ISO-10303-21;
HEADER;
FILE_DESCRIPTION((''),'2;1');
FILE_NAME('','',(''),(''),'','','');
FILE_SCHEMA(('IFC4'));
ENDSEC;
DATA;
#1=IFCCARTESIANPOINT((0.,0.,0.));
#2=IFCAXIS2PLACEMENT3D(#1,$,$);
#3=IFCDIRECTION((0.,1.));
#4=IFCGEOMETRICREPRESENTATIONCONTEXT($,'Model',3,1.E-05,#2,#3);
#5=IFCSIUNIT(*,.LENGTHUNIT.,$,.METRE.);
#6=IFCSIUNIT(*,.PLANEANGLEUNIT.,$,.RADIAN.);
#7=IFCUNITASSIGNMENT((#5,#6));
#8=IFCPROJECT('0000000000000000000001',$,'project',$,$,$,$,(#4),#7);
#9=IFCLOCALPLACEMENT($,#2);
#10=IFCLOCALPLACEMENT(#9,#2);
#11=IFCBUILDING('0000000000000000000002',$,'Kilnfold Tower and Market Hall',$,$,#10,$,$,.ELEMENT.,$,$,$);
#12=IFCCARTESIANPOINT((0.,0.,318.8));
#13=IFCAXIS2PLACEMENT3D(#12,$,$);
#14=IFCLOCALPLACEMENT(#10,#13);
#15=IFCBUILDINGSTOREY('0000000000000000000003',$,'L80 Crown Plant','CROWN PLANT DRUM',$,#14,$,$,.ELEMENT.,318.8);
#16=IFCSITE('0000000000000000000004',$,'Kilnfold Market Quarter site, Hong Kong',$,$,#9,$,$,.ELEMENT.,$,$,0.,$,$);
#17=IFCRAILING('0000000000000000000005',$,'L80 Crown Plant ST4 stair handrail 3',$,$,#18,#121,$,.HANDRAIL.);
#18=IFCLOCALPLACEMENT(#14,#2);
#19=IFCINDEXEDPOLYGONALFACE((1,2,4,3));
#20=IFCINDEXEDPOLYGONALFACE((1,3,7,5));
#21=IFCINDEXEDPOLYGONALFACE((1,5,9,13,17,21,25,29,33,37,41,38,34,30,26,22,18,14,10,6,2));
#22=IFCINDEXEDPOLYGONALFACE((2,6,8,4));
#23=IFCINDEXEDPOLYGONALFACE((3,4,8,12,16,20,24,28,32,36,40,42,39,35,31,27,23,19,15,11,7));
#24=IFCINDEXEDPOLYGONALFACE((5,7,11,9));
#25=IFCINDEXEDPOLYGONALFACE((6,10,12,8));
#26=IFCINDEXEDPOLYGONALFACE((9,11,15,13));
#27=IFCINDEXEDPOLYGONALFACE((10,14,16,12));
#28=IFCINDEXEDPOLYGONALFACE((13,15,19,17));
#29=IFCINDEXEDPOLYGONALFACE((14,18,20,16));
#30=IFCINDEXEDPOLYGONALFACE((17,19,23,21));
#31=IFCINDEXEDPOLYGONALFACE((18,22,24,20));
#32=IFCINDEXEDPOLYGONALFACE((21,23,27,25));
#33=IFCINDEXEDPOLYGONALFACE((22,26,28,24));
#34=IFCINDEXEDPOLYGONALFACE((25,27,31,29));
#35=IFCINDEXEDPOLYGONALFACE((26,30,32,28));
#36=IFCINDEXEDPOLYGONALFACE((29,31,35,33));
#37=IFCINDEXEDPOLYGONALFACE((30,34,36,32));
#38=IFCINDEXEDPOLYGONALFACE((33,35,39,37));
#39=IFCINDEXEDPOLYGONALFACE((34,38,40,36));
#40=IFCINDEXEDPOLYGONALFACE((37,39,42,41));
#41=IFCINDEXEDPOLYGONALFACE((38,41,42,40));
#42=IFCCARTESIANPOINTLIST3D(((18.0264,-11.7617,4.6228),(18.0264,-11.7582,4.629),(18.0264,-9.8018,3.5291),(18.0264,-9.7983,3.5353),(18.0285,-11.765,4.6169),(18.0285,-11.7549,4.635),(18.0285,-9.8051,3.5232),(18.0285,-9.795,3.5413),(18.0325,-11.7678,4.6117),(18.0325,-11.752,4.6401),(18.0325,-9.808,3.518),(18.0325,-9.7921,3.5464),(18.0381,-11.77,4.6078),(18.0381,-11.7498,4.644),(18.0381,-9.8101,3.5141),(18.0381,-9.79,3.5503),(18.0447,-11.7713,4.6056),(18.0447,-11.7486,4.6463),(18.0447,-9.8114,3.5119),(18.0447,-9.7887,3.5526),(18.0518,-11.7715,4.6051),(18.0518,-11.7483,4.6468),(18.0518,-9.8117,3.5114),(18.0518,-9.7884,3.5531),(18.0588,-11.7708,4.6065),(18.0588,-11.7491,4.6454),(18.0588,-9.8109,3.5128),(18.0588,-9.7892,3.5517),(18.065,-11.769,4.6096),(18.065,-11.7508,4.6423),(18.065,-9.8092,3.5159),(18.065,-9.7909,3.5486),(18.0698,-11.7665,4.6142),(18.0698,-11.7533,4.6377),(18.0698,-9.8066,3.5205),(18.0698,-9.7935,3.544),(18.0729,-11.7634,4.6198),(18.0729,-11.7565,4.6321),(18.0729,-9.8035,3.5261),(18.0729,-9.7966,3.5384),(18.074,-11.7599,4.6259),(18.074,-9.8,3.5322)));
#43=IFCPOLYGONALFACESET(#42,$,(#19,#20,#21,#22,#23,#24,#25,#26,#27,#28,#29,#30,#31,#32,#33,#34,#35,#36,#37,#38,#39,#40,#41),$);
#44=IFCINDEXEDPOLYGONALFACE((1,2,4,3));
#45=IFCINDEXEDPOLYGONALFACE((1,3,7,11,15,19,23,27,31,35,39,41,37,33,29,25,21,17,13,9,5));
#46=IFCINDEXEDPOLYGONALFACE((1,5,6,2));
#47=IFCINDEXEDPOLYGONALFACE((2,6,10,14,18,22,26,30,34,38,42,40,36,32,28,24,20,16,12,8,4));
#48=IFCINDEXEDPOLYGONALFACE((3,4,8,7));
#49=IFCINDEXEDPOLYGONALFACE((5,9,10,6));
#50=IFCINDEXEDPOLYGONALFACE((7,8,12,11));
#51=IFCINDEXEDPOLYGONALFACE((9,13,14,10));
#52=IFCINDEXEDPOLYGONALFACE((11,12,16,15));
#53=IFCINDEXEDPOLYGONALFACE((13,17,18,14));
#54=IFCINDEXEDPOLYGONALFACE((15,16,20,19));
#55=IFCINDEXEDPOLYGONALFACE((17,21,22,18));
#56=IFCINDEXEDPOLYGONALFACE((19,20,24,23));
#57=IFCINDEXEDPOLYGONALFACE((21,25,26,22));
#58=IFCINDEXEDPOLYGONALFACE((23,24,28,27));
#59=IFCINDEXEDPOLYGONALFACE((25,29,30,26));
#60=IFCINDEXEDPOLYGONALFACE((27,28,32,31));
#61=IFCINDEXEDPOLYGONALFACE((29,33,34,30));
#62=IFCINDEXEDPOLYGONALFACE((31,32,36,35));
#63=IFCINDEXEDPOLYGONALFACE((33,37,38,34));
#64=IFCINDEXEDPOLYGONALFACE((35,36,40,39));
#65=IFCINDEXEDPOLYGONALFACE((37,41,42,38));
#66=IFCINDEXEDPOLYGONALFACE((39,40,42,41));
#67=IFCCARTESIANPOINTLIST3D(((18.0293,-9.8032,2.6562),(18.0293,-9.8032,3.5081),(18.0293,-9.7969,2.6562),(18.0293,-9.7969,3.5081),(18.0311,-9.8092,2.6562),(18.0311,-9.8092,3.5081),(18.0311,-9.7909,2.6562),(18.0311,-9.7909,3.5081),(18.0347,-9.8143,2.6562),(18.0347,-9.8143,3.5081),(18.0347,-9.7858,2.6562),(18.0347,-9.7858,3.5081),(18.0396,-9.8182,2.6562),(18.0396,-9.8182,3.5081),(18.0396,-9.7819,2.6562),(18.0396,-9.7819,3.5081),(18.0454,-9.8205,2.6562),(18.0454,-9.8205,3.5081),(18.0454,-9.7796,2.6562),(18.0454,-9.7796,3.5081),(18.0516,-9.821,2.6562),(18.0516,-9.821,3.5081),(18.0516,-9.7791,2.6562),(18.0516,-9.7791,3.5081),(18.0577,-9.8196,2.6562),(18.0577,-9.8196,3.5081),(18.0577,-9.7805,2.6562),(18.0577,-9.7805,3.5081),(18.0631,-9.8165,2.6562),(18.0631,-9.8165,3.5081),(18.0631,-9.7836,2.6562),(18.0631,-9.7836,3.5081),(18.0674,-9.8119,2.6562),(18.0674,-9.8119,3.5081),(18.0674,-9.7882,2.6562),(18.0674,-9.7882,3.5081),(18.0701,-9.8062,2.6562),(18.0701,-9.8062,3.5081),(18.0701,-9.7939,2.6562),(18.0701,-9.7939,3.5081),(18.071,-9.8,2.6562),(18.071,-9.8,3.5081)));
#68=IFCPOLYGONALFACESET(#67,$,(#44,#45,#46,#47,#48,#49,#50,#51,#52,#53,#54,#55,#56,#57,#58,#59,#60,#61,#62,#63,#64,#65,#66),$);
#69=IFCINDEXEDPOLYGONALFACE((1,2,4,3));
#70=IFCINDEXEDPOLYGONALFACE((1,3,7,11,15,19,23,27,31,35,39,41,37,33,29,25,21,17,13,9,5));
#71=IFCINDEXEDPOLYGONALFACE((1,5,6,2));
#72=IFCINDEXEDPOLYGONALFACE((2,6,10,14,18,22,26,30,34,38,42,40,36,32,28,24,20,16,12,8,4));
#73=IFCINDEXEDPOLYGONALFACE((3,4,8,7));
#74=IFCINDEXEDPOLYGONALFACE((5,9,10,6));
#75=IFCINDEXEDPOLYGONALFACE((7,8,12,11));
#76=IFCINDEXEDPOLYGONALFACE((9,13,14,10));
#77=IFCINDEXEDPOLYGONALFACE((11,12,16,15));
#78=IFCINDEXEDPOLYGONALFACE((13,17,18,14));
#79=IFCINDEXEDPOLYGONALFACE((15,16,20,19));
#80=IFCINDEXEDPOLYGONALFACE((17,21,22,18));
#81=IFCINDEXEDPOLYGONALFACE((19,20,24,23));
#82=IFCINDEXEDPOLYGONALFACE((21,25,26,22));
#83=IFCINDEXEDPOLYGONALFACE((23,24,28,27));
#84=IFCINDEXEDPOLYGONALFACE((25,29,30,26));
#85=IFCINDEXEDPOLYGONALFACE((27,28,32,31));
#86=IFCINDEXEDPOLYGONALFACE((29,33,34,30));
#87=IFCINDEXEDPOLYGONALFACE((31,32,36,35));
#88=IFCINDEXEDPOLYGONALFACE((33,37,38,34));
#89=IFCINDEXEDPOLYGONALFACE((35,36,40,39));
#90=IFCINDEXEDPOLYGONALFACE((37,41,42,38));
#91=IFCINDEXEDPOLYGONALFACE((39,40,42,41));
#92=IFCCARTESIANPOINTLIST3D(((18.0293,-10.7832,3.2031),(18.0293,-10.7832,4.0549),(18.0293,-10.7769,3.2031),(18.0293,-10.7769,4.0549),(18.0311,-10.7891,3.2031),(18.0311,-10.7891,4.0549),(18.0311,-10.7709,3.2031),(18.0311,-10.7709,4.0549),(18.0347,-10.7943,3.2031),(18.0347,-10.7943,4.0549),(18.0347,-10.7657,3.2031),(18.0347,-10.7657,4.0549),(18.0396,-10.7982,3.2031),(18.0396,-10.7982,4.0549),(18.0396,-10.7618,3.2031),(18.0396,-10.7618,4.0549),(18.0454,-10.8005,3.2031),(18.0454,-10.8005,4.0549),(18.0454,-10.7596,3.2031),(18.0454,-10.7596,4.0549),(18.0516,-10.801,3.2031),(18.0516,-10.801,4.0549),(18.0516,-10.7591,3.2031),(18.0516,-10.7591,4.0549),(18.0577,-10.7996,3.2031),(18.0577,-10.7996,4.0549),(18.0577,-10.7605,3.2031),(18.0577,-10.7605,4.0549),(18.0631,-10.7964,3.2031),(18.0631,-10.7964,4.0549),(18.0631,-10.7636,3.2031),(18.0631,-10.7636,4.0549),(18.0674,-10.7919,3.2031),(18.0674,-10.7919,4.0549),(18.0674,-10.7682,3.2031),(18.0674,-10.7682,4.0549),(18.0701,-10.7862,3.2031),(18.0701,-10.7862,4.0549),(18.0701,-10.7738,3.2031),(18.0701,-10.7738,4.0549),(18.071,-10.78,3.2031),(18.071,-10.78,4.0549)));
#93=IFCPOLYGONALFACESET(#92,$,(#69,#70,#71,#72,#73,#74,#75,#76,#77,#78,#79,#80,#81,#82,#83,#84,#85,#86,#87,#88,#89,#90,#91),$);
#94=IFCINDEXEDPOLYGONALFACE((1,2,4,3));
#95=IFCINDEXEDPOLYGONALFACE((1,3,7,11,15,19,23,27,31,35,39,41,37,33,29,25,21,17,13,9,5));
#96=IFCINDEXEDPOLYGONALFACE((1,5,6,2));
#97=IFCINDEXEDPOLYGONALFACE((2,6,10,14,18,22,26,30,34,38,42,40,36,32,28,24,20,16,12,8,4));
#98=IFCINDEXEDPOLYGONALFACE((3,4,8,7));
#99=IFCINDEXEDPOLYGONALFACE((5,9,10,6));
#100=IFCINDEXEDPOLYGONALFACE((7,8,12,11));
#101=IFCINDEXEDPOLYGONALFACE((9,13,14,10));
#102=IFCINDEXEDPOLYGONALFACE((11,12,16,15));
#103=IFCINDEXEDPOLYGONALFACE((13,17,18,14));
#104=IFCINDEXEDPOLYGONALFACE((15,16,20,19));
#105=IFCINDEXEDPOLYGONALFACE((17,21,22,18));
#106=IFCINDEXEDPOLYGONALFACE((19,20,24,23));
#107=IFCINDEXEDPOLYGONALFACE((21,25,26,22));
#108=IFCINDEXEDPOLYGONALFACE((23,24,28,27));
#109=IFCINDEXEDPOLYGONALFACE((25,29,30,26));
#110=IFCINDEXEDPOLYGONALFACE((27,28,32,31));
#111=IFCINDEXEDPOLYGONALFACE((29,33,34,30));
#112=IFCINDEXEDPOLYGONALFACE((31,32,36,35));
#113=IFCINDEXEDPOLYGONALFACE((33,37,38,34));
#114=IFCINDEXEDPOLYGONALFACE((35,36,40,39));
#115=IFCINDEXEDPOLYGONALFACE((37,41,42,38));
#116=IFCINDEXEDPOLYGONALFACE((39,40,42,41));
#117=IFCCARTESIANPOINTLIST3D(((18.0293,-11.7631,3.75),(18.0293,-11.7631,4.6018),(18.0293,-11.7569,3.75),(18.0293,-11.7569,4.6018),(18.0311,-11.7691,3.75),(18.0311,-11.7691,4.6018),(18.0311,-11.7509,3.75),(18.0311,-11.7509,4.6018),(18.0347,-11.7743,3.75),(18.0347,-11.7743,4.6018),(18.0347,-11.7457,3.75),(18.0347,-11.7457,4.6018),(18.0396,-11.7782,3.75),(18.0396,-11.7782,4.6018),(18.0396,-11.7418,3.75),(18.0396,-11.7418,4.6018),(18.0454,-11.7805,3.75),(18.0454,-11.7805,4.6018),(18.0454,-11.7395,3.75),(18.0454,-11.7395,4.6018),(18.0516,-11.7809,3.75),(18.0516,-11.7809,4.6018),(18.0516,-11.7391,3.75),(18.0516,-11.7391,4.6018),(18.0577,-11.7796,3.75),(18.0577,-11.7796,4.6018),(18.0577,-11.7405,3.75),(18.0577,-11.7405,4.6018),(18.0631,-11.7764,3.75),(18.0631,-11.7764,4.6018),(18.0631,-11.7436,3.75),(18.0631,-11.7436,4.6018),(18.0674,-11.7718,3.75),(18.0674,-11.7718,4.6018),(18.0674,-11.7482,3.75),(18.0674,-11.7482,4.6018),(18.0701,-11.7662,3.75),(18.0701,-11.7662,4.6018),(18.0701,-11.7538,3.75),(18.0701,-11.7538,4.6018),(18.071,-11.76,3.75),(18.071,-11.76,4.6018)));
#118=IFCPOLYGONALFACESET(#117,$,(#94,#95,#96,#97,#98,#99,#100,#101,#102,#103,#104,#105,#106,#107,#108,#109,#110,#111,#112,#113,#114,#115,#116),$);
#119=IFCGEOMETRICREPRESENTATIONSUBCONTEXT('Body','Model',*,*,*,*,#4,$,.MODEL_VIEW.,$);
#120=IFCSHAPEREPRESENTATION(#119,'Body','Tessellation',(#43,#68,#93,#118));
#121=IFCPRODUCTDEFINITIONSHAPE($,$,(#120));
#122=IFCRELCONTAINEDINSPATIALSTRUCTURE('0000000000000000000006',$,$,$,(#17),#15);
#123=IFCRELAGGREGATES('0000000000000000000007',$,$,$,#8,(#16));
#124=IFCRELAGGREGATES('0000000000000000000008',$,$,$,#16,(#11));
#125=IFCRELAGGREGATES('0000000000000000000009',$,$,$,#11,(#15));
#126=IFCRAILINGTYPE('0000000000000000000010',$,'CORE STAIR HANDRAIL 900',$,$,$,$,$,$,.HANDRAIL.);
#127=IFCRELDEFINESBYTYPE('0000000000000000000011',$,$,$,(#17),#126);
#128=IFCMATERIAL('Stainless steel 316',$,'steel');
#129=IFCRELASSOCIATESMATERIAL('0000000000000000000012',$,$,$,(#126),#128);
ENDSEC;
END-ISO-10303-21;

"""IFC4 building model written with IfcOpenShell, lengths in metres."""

from ifc_helpers import new_model, si_unit, direction, frame, origin, origin_2d, place, context, subcontext, project, spatial, circle, extrude, material, type_object, element, save


model = new_model("IFC4")

# Units and contexts
model_context = context("Model", 3, precision=1e-05, world=origin(), true_north=direction((0.0, 1.0)))
body_context = subcontext(model_context, "Body", "Model", "MODEL_VIEW")
ifc_project = project(units=[si_unit("LENGTHUNIT", "METRE"), si_unit("PLANEANGLEUNIT", "RADIAN")], contexts=[model_context])

# Site, building, storey
site_placement = place(None, origin())
site = spatial("IfcSite", under=ifc_project, at=site_placement, Name="Kilnfold Market Quarter site, Hong Kong", CompositionType="ELEMENT", RefElevation=0.0)
building_placement = place(site_placement, origin())
building = spatial("IfcBuilding", under=site, at=building_placement, Name="Kilnfold Tower and Market Hall", CompositionType="ELEMENT")
storey_placement = place(building_placement, frame((0.0, 0.0, 318.8)))
storey = spatial("IfcBuildingStorey", under=building, at=storey_placement, Name="L80 Crown Plant", Description="CROWN PLANT DRUM", CompositionType="ELEMENT", Elevation=318.8)

# Railing
ifc_material_1 = material(Name="Stainless steel 316", Category="steel")
railing_type_1 = type_object("IfcRailingType", Name="CORE STAIR HANDRAIL 900", PredefinedType="HANDRAIL", material=ifc_material_1)
railing_1_placement = place(storey_placement, frame((18.05, -9.8, 2.6562)))
element("IfcRailing", 1, at=railing_1_placement, inside=storey, type_object=railing_type_1, Name="L80 Crown Plant ST4 stair handrail 3", PredefinedType="HANDRAIL", context=body_context, shape_type="SweptSolid", body=[
    extrude(circle(Radius=0.0239, at=origin_2d()), frame((0.0, 0.0, 0.876), z_axis=(0.0, -0.873232, 0.487304), x_axis=(1.0, 0.0, 0.0)), (0.0, 0.0, 1.0), 2.2444),
    extrude(circle(Radius=0.021, at=origin_2d()), origin(), (0.0, 0.0, 1.0), 0.8518),
    extrude(circle(Radius=0.021, at=origin_2d()), frame((0.0, -0.98, 0.5469)), (0.0, 0.0, 1.0), 0.8518),
    extrude(circle(Radius=0.021, at=origin_2d()), frame((0.0, -1.96, 1.0938)), (0.0, 0.0, 1.0), 0.8518),
])

save(model, "model.ifc")
